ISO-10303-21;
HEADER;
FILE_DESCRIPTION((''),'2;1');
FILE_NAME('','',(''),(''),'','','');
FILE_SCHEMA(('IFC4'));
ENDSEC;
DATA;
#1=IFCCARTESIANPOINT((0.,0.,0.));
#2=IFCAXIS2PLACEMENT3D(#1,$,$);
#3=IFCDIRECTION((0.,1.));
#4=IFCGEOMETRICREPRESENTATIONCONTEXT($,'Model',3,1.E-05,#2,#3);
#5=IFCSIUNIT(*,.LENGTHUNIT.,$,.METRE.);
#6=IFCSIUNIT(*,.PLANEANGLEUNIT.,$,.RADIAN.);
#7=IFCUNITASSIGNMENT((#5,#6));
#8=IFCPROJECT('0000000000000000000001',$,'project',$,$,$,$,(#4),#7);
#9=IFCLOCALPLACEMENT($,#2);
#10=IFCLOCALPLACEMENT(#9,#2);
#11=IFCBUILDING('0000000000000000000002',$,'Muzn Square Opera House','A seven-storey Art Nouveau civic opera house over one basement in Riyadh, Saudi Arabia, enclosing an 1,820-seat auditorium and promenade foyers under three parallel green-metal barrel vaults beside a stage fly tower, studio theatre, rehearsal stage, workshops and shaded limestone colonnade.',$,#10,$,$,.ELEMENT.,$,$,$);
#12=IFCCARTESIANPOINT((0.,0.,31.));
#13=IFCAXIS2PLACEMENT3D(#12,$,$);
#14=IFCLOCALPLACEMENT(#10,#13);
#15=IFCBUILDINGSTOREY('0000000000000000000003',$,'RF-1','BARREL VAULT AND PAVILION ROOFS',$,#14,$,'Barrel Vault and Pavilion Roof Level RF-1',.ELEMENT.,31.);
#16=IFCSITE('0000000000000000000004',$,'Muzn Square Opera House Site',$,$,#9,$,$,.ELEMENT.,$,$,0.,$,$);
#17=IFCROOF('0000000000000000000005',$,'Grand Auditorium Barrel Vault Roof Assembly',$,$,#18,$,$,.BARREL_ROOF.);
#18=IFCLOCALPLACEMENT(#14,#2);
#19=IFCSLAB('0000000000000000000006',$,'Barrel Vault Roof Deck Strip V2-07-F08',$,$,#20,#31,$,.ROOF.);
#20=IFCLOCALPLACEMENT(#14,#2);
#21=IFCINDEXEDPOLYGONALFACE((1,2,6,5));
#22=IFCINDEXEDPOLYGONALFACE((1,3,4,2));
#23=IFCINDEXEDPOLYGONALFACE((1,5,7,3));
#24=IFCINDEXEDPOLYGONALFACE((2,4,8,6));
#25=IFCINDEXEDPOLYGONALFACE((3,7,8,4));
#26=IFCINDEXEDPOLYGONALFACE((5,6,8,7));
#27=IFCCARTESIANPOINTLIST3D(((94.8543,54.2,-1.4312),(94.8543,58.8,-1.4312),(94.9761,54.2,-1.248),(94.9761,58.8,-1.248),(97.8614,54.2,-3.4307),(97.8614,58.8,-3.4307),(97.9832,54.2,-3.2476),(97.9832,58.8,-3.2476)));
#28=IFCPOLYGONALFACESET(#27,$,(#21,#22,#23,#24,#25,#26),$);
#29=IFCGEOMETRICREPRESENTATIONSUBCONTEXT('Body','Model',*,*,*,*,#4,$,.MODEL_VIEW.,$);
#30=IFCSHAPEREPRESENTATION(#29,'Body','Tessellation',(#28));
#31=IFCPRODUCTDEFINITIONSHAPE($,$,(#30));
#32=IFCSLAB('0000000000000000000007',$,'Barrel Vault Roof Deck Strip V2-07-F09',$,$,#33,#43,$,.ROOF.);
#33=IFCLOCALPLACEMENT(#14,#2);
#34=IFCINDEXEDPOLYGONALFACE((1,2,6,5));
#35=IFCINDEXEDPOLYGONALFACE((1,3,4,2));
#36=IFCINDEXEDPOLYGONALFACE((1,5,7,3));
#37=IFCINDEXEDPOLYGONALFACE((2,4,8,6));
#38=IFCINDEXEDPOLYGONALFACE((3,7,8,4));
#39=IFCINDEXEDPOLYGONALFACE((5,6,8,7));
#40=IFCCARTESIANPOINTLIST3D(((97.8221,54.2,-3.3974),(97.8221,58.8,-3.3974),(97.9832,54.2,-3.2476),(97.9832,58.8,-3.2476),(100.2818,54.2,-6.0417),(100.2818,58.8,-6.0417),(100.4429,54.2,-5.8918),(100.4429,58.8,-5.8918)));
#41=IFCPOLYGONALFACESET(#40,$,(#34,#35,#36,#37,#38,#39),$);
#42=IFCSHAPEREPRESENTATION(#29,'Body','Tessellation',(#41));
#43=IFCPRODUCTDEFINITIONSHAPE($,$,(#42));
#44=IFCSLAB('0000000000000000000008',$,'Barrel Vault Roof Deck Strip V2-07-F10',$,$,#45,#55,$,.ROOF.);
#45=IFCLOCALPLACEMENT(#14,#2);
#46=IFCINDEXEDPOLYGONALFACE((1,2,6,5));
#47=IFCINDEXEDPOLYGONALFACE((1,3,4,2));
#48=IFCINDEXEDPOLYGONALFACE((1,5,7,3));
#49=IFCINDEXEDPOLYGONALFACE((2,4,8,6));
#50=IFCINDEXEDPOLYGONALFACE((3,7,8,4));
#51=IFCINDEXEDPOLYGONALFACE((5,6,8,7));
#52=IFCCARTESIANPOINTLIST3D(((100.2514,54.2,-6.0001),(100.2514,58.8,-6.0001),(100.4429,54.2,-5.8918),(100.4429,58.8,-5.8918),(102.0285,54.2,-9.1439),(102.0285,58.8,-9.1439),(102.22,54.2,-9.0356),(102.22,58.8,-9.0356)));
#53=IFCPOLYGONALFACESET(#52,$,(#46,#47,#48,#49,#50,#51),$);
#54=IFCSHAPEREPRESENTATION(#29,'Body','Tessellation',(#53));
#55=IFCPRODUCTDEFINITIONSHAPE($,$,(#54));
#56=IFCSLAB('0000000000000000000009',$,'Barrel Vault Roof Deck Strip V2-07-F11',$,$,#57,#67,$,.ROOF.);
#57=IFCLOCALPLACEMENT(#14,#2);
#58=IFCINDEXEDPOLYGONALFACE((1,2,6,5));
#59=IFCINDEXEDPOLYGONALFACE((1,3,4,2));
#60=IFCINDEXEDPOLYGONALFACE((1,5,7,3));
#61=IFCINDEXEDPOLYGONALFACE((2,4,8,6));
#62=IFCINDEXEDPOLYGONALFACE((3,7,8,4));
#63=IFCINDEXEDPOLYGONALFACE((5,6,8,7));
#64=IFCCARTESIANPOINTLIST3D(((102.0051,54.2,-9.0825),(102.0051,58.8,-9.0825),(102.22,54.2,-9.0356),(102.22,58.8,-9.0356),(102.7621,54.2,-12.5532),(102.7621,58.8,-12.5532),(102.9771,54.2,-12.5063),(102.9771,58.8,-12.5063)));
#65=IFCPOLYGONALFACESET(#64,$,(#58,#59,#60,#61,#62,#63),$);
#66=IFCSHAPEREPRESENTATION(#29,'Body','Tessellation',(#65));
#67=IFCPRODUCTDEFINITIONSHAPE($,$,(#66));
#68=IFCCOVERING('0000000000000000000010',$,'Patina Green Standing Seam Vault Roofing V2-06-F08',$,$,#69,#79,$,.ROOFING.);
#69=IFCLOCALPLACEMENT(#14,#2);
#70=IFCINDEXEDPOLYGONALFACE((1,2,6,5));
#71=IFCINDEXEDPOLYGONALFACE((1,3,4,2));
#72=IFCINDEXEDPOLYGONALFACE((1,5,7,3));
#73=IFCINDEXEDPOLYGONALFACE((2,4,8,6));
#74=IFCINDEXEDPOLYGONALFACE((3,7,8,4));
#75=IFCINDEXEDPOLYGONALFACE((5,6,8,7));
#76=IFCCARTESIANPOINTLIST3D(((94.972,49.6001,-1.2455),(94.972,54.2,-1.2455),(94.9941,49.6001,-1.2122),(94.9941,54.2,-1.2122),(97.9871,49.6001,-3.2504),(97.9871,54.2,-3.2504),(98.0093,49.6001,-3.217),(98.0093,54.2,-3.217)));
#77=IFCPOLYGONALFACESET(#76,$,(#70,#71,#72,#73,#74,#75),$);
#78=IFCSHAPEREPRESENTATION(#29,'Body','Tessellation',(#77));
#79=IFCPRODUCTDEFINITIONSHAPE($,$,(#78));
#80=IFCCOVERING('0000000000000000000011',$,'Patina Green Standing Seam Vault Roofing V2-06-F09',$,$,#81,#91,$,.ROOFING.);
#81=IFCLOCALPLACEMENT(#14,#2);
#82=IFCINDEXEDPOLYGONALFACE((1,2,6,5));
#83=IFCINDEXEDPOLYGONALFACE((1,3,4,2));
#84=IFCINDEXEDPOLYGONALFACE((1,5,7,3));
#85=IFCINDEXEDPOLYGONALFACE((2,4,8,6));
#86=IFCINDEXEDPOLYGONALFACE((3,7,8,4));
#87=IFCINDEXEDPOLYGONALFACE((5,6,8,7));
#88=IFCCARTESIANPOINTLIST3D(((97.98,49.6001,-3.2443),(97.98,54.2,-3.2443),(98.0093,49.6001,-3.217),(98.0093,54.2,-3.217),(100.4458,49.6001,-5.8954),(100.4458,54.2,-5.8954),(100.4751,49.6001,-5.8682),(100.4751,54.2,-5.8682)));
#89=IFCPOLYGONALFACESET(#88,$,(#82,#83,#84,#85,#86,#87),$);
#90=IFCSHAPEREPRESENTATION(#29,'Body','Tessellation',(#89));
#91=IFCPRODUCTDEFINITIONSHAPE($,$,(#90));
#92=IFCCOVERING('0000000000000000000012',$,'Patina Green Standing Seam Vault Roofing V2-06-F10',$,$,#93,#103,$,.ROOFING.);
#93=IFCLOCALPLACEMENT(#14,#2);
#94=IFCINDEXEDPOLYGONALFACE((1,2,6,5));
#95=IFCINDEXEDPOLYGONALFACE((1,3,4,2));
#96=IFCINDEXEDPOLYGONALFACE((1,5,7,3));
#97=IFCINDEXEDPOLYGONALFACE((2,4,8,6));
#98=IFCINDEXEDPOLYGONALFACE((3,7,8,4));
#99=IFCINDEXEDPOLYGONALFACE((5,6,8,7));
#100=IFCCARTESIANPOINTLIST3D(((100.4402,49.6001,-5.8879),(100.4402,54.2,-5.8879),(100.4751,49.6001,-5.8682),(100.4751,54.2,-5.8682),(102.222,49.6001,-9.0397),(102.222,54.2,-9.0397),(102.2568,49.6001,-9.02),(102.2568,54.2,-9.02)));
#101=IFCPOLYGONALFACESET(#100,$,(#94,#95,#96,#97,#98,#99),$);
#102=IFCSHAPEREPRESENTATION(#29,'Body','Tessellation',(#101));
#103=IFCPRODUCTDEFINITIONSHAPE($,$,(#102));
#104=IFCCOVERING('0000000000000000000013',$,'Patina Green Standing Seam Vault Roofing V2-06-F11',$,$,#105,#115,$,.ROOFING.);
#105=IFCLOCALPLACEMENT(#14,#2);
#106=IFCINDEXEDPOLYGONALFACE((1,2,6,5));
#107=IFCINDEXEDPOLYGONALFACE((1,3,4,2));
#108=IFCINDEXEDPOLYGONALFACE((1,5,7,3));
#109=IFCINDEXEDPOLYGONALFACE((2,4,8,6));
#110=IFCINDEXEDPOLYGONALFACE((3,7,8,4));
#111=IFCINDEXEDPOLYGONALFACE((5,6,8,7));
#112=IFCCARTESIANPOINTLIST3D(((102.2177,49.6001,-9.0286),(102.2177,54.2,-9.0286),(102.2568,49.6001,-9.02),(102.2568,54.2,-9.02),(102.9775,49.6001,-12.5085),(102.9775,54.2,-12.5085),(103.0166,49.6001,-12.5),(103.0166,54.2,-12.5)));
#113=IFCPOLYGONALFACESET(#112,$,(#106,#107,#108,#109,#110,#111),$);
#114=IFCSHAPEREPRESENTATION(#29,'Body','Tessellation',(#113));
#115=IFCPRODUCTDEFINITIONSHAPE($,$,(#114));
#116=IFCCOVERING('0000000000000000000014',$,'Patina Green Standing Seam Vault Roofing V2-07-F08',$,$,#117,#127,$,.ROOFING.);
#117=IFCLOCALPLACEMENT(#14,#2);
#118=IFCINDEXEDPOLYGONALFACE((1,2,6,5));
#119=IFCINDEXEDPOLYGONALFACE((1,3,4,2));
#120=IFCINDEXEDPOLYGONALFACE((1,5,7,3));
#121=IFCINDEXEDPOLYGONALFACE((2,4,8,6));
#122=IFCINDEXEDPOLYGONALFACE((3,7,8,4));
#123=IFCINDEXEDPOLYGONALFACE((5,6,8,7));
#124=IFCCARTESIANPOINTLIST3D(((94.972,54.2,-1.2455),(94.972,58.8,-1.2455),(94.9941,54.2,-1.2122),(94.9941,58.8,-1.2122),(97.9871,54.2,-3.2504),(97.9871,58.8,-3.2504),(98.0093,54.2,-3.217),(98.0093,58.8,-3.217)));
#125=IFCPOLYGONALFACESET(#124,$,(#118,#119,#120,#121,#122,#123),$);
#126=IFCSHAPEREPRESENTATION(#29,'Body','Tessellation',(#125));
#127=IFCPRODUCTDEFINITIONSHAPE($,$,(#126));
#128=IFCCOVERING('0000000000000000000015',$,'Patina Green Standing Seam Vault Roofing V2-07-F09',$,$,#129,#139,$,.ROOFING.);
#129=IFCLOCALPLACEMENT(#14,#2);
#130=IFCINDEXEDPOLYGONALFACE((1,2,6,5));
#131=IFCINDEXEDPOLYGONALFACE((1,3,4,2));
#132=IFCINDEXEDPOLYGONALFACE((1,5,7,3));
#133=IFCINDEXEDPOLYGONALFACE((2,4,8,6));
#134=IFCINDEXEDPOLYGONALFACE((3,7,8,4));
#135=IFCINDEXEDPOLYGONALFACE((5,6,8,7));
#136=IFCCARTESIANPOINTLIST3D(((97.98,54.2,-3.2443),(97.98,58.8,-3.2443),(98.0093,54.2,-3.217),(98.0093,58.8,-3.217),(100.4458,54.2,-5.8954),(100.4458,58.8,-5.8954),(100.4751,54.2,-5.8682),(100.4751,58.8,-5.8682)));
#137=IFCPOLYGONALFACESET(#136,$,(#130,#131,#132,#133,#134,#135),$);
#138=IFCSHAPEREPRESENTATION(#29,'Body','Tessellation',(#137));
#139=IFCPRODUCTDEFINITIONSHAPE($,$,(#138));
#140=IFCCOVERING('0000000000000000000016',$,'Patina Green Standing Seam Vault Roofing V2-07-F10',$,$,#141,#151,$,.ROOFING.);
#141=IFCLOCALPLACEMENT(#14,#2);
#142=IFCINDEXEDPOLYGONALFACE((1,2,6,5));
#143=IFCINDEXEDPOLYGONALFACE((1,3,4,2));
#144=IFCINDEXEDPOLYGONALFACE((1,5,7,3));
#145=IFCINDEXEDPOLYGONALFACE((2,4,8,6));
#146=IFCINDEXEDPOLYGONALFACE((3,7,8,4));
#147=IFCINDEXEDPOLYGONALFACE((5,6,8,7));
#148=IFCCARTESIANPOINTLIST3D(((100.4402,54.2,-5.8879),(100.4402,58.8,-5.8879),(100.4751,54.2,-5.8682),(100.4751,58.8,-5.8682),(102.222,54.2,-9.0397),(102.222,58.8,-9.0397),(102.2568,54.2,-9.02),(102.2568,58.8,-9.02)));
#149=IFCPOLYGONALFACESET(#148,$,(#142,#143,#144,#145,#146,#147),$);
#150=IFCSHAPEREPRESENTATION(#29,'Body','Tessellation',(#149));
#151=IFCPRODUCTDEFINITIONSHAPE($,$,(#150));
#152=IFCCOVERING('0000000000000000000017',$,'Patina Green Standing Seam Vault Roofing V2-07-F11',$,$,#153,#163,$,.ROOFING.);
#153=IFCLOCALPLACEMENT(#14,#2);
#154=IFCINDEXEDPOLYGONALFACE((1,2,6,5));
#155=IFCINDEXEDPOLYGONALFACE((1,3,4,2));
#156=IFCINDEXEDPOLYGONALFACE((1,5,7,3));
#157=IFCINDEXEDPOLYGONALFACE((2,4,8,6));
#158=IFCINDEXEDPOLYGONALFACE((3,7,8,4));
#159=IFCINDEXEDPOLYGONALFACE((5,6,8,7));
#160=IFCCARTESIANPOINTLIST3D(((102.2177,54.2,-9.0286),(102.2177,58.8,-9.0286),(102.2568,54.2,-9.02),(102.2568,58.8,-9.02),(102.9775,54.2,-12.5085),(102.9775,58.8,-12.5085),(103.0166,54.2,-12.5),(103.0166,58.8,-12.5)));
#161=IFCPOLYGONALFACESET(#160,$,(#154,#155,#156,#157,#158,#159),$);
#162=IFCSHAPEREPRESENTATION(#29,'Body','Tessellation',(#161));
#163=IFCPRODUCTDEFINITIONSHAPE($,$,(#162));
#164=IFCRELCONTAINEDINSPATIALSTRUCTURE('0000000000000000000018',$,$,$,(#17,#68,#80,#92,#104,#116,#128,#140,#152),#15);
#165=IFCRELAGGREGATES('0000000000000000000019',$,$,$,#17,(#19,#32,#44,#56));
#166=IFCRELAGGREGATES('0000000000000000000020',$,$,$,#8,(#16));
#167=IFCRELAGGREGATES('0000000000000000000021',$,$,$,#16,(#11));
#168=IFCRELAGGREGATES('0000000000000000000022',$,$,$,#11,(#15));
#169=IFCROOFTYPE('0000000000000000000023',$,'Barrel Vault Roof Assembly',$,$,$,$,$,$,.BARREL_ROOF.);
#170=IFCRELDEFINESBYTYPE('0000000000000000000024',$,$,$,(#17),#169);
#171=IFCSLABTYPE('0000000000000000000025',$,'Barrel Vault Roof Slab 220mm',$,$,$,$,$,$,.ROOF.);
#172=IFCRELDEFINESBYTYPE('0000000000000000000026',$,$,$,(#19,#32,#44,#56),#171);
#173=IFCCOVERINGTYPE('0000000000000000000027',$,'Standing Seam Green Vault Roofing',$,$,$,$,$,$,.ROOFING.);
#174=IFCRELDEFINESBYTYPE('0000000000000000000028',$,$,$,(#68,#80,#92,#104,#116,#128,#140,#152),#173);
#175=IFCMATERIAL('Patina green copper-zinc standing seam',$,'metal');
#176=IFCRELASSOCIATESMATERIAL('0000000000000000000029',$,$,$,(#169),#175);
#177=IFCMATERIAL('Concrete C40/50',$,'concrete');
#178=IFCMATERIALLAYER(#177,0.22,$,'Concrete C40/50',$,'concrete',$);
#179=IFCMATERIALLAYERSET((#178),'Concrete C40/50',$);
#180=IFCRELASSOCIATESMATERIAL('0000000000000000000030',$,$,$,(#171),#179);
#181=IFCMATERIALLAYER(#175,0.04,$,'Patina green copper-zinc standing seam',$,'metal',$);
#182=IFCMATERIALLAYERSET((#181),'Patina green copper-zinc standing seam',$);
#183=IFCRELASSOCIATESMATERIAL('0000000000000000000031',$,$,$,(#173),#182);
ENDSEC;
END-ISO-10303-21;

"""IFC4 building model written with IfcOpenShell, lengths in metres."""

from ifc_helpers import new_model, si_unit, direction, frame, origin, place, context, subcontext, project, spatial, polyline, outline, extrude, material, layer, layer_set, type_object, element, aggregate, save


model = new_model("IFC4")

# Units and contexts
model_context = context("Model", 3, precision=1e-05, world=origin(), true_north=direction((0.0, 1.0)))
body_context = subcontext(model_context, "Body", "Model", "MODEL_VIEW")
ifc_project = project(units=[si_unit("LENGTHUNIT", "METRE"), si_unit("PLANEANGLEUNIT", "RADIAN")], contexts=[model_context])

# Site, building, storey
site_placement = place(None, origin())
site = spatial("IfcSite", under=ifc_project, at=site_placement, Name="Muzn Square Opera House Site", CompositionType="ELEMENT", RefElevation=0.0)
building_placement = place(site_placement, origin())
building = spatial("IfcBuilding", under=site, at=building_placement, Name="Muzn Square Opera House", Description="A seven-storey Art Nouveau civic opera house over one basement in Riyadh, Saudi Arabia, enclosing an 1,820-seat auditorium and promenade foyers under three parallel green-metal barrel vaults beside a stage fly tower, studio theatre, rehearsal stage, workshops and shaded limestone colonnade.", CompositionType="ELEMENT")
storey_placement = place(building_placement, frame((0.0, 0.0, 31.0)))
storey = spatial("IfcBuildingStorey", under=building, at=storey_placement, Name="RF-1", Description="BARREL VAULT AND PAVILION ROOFS", LongName="Barrel Vault and Pavilion Roof Level RF-1", CompositionType="ELEMENT", Elevation=31.0)

# Roof, slabs
ifc_material_1 = material(Name="Patina green copper-zinc standing seam", Category="metal")
roof_type = type_object("IfcRoofType", Name="Barrel Vault Roof Assembly", PredefinedType="BARREL_ROOF", material=ifc_material_1)
roof_placement = place(storey_placement, origin())
roof = element("IfcRoof", 1, at=roof_placement, inside=storey, type_object=roof_type, Name="Grand Auditorium Barrel Vault Roof Assembly", PredefinedType="BARREL_ROOF")
ifc_material_2 = material(Name="Concrete C40/50", Category="concrete")
ifc_layer_1 = layer(ifc_material_2, 0.22, Name="Concrete C40/50", Category="concrete")
ifc_layer_set_1 = layer_set([ifc_layer_1], Name="Concrete C40/50")
slab_type = type_object("IfcSlabType", Name="Barrel Vault Roof Slab 220mm", PredefinedType="ROOF", material=ifc_layer_set_1)
slab_1_placement = place(storey_placement, frame((94.9761, 54.2, -1.248), z_axis=(0.553701, 0.0, 0.832715), x_axis=(0.832715, 0.0, -0.553701)))
slab_1 = element("IfcSlab", 2, at=slab_1_placement, type_object=slab_type, Name="Barrel Vault Roof Deck Strip V2-07-F08", PredefinedType="ROOF", context=body_context, shape_type="SweptSolid", body=[
    extrude(outline(polyline([(0.0, 0.0), (3.6112, 0.0), (3.6112, 4.6001), (0.0, 4.6001), (0.0, 0.0)])), origin(), (0.0, 0.0, -1.0), 0.22),
])
slab_2_placement = place(storey_placement, frame((97.9832, 54.2, -3.2476), z_axis=(0.732198, 0.0, 0.681091), x_axis=(0.681091, 0.0, -0.732198)))
slab_2 = element("IfcSlab", 3, at=slab_2_placement, type_object=slab_type, Name="Barrel Vault Roof Deck Strip V2-07-F09", PredefinedType="ROOF", context=body_context, shape_type="SweptSolid", body=[
    extrude(outline(polyline([(0.0, 0.0), (3.6114, 0.0), (3.6114, 4.6001), (0.0, 4.6001), (0.0, 0.0)])), origin(), (0.0, 0.0, -1.0), 0.22),
])
slab_3_placement = place(storey_placement, frame((100.4429, 54.2, -5.8918), z_axis=(0.870543, 0.0, 0.492093), x_axis=(0.492093, 0.0, -0.870543)))
slab_3 = element("IfcSlab", 4, at=slab_3_placement, type_object=slab_type, Name="Barrel Vault Roof Deck Strip V2-07-F10", PredefinedType="ROOF", context=body_context, shape_type="SweptSolid", body=[
    extrude(outline(polyline([(0.0, 0.0), (3.6113, 0.0), (3.6113, 4.6001), (0.0, 4.6001), (0.0, 0.0)])), origin(), (0.0, 0.0, -1.0), 0.22),
])
slab_4_placement = place(storey_placement, frame((102.22, 54.2, -9.0356), z_axis=(0.977025, 0.0, 0.213123), x_axis=(0.213123, 0.0, -0.977025)))
slab_4 = element("IfcSlab", 5, at=slab_4_placement, type_object=slab_type, Name="Barrel Vault Roof Deck Strip V2-07-F11", PredefinedType="ROOF", context=body_context, shape_type="SweptSolid", body=[
    extrude(outline(polyline([(0.0, 0.0), (3.5523, 0.0), (3.5523, 4.6001), (0.0, 4.6001), (0.0, 0.0)])), origin(), (0.0, 0.0, -1.0), 0.22),
])
aggregate(roof, [slab_1, slab_2, slab_3, slab_4])

# Coverings
ifc_layer_2 = layer(ifc_material_1, 0.04, Name="Patina green copper-zinc standing seam", Category="metal")
ifc_layer_set_2 = layer_set([ifc_layer_2], Name="Patina green copper-zinc standing seam")
covering_type = type_object("IfcCoveringType", Name="Standing Seam Green Vault Roofing", PredefinedType="ROOFING", material=ifc_layer_set_2)
covering_1_placement = place(storey_placement, frame((94.9941, 49.6001, -1.2122), z_axis=(0.553704, 0.0, 0.832714), x_axis=(0.832714, 0.0, -0.553704)))
element("IfcCovering", 6, at=covering_1_placement, inside=storey, type_object=covering_type, Name="Patina Green Standing Seam Vault Roofing V2-06-F08", PredefinedType="ROOFING", context=body_context, shape_type="SweptSolid", body=[
    extrude(outline(polyline([(0.0, 0.0), (3.6209, 0.0), (3.6209, 4.5999), (0.0, 4.5999), (0.0, 0.0)])), origin(), (0.0, 0.0, -1.0), 0.04),
])
covering_2_placement = place(storey_placement, frame((98.0093, 49.6001, -3.217), z_axis=(0.732234, 0.0, 0.681053), x_axis=(0.681053, 0.0, -0.732234)))
element("IfcCovering", 7, at=covering_2_placement, inside=storey, type_object=covering_type, Name="Patina Green Standing Seam Vault Roofing V2-06-F09", PredefinedType="ROOFING", context=body_context, shape_type="SweptSolid", body=[
    extrude(outline(polyline([(0.0, 0.0), (3.6206, 0.0), (3.6206, 4.5999), (0.0, 4.5999), (0.0, 0.0)])), origin(), (0.0, 0.0, -1.0), 0.04),
])
covering_3_placement = place(storey_placement, frame((100.4751, 49.6001, -5.8682), z_axis=(0.870533, 0.0, 0.492111), x_axis=(0.492111, 0.0, -0.870533)))
element("IfcCovering", 8, at=covering_3_placement, inside=storey, type_object=covering_type, Name="Patina Green Standing Seam Vault Roofing V2-06-F10", PredefinedType="ROOFING", context=body_context, shape_type="SweptSolid", body=[
    extrude(outline(polyline([(0.0, 0.0), (3.6206, 0.0), (3.6206, 4.5999), (0.0, 4.5999), (0.0, 0.0)])), origin(), (0.0, 0.0, -1.0), 0.04),
])
covering_4_placement = place(storey_placement, frame((102.2568, 49.6001, -9.02), z_axis=(0.976987, 0.0, 0.2133), x_axis=(0.2133, 0.0, -0.976987)))
element("IfcCovering", 9, at=covering_4_placement, inside=storey, type_object=covering_type, Name="Patina Green Standing Seam Vault Roofing V2-06-F11", PredefinedType="ROOFING", context=body_context, shape_type="SweptSolid", body=[
    extrude(outline(polyline([(0.0, 0.0), (3.562, 0.0), (3.562, 4.5999), (0.0, 4.5999), (0.0, 0.0)])), origin(), (0.0, 0.0, -1.0), 0.04),
])
covering_5_placement = place(storey_placement, frame((94.9941, 54.2, -1.2122), z_axis=(0.553704, 0.0, 0.832714), x_axis=(0.832714, 0.0, -0.553704)))
element("IfcCovering", 10, at=covering_5_placement, inside=storey, type_object=covering_type, Name="Patina Green Standing Seam Vault Roofing V2-07-F08", PredefinedType="ROOFING", context=body_context, shape_type="SweptSolid", body=[
    extrude(outline(polyline([(0.0, 0.0), (3.6209, 0.0), (3.6209, 4.6001), (0.0, 4.6001), (0.0, 0.0)])), origin(), (0.0, 0.0, -1.0), 0.04),
])
covering_6_placement = place(storey_placement, frame((98.0093, 54.2, -3.217), z_axis=(0.732234, 0.0, 0.681053), x_axis=(0.681053, 0.0, -0.732234)))
element("IfcCovering", 11, at=covering_6_placement, inside=storey, type_object=covering_type, Name="Patina Green Standing Seam Vault Roofing V2-07-F09", PredefinedType="ROOFING", context=body_context, shape_type="SweptSolid", body=[
    extrude(outline(polyline([(0.0, 0.0), (3.6206, 0.0), (3.6206, 4.6001), (0.0, 4.6001), (0.0, 0.0)])), origin(), (0.0, 0.0, -1.0), 0.04),
])
covering_7_placement = place(storey_placement, frame((100.4751, 54.2, -5.8682), z_axis=(0.870533, 0.0, 0.492111), x_axis=(0.492111, 0.0, -0.870533)))
element("IfcCovering", 12, at=covering_7_placement, inside=storey, type_object=covering_type, Name="Patina Green Standing Seam Vault Roofing V2-07-F10", PredefinedType="ROOFING", context=body_context, shape_type="SweptSolid", body=[
    extrude(outline(polyline([(0.0, 0.0), (3.6206, 0.0), (3.6206, 4.6001), (0.0, 4.6001), (0.0, 0.0)])), origin(), (0.0, 0.0, -1.0), 0.04),
])
covering_8_placement = place(storey_placement, frame((102.2568, 54.2, -9.02), z_axis=(0.976987, 0.0, 0.2133), x_axis=(0.2133, 0.0, -0.976987)))
element("IfcCovering", 13, at=covering_8_placement, inside=storey, type_object=covering_type, Name="Patina Green Standing Seam Vault Roofing V2-07-F11", PredefinedType="ROOFING", context=body_context, shape_type="SweptSolid", body=[
    extrude(outline(polyline([(0.0, 0.0), (3.562, 0.0), (3.562, 4.6001), (0.0, 4.6001), (0.0, 0.0)])), origin(), (0.0, 0.0, -1.0), 0.04),
])

save(model, "model.ifc")
